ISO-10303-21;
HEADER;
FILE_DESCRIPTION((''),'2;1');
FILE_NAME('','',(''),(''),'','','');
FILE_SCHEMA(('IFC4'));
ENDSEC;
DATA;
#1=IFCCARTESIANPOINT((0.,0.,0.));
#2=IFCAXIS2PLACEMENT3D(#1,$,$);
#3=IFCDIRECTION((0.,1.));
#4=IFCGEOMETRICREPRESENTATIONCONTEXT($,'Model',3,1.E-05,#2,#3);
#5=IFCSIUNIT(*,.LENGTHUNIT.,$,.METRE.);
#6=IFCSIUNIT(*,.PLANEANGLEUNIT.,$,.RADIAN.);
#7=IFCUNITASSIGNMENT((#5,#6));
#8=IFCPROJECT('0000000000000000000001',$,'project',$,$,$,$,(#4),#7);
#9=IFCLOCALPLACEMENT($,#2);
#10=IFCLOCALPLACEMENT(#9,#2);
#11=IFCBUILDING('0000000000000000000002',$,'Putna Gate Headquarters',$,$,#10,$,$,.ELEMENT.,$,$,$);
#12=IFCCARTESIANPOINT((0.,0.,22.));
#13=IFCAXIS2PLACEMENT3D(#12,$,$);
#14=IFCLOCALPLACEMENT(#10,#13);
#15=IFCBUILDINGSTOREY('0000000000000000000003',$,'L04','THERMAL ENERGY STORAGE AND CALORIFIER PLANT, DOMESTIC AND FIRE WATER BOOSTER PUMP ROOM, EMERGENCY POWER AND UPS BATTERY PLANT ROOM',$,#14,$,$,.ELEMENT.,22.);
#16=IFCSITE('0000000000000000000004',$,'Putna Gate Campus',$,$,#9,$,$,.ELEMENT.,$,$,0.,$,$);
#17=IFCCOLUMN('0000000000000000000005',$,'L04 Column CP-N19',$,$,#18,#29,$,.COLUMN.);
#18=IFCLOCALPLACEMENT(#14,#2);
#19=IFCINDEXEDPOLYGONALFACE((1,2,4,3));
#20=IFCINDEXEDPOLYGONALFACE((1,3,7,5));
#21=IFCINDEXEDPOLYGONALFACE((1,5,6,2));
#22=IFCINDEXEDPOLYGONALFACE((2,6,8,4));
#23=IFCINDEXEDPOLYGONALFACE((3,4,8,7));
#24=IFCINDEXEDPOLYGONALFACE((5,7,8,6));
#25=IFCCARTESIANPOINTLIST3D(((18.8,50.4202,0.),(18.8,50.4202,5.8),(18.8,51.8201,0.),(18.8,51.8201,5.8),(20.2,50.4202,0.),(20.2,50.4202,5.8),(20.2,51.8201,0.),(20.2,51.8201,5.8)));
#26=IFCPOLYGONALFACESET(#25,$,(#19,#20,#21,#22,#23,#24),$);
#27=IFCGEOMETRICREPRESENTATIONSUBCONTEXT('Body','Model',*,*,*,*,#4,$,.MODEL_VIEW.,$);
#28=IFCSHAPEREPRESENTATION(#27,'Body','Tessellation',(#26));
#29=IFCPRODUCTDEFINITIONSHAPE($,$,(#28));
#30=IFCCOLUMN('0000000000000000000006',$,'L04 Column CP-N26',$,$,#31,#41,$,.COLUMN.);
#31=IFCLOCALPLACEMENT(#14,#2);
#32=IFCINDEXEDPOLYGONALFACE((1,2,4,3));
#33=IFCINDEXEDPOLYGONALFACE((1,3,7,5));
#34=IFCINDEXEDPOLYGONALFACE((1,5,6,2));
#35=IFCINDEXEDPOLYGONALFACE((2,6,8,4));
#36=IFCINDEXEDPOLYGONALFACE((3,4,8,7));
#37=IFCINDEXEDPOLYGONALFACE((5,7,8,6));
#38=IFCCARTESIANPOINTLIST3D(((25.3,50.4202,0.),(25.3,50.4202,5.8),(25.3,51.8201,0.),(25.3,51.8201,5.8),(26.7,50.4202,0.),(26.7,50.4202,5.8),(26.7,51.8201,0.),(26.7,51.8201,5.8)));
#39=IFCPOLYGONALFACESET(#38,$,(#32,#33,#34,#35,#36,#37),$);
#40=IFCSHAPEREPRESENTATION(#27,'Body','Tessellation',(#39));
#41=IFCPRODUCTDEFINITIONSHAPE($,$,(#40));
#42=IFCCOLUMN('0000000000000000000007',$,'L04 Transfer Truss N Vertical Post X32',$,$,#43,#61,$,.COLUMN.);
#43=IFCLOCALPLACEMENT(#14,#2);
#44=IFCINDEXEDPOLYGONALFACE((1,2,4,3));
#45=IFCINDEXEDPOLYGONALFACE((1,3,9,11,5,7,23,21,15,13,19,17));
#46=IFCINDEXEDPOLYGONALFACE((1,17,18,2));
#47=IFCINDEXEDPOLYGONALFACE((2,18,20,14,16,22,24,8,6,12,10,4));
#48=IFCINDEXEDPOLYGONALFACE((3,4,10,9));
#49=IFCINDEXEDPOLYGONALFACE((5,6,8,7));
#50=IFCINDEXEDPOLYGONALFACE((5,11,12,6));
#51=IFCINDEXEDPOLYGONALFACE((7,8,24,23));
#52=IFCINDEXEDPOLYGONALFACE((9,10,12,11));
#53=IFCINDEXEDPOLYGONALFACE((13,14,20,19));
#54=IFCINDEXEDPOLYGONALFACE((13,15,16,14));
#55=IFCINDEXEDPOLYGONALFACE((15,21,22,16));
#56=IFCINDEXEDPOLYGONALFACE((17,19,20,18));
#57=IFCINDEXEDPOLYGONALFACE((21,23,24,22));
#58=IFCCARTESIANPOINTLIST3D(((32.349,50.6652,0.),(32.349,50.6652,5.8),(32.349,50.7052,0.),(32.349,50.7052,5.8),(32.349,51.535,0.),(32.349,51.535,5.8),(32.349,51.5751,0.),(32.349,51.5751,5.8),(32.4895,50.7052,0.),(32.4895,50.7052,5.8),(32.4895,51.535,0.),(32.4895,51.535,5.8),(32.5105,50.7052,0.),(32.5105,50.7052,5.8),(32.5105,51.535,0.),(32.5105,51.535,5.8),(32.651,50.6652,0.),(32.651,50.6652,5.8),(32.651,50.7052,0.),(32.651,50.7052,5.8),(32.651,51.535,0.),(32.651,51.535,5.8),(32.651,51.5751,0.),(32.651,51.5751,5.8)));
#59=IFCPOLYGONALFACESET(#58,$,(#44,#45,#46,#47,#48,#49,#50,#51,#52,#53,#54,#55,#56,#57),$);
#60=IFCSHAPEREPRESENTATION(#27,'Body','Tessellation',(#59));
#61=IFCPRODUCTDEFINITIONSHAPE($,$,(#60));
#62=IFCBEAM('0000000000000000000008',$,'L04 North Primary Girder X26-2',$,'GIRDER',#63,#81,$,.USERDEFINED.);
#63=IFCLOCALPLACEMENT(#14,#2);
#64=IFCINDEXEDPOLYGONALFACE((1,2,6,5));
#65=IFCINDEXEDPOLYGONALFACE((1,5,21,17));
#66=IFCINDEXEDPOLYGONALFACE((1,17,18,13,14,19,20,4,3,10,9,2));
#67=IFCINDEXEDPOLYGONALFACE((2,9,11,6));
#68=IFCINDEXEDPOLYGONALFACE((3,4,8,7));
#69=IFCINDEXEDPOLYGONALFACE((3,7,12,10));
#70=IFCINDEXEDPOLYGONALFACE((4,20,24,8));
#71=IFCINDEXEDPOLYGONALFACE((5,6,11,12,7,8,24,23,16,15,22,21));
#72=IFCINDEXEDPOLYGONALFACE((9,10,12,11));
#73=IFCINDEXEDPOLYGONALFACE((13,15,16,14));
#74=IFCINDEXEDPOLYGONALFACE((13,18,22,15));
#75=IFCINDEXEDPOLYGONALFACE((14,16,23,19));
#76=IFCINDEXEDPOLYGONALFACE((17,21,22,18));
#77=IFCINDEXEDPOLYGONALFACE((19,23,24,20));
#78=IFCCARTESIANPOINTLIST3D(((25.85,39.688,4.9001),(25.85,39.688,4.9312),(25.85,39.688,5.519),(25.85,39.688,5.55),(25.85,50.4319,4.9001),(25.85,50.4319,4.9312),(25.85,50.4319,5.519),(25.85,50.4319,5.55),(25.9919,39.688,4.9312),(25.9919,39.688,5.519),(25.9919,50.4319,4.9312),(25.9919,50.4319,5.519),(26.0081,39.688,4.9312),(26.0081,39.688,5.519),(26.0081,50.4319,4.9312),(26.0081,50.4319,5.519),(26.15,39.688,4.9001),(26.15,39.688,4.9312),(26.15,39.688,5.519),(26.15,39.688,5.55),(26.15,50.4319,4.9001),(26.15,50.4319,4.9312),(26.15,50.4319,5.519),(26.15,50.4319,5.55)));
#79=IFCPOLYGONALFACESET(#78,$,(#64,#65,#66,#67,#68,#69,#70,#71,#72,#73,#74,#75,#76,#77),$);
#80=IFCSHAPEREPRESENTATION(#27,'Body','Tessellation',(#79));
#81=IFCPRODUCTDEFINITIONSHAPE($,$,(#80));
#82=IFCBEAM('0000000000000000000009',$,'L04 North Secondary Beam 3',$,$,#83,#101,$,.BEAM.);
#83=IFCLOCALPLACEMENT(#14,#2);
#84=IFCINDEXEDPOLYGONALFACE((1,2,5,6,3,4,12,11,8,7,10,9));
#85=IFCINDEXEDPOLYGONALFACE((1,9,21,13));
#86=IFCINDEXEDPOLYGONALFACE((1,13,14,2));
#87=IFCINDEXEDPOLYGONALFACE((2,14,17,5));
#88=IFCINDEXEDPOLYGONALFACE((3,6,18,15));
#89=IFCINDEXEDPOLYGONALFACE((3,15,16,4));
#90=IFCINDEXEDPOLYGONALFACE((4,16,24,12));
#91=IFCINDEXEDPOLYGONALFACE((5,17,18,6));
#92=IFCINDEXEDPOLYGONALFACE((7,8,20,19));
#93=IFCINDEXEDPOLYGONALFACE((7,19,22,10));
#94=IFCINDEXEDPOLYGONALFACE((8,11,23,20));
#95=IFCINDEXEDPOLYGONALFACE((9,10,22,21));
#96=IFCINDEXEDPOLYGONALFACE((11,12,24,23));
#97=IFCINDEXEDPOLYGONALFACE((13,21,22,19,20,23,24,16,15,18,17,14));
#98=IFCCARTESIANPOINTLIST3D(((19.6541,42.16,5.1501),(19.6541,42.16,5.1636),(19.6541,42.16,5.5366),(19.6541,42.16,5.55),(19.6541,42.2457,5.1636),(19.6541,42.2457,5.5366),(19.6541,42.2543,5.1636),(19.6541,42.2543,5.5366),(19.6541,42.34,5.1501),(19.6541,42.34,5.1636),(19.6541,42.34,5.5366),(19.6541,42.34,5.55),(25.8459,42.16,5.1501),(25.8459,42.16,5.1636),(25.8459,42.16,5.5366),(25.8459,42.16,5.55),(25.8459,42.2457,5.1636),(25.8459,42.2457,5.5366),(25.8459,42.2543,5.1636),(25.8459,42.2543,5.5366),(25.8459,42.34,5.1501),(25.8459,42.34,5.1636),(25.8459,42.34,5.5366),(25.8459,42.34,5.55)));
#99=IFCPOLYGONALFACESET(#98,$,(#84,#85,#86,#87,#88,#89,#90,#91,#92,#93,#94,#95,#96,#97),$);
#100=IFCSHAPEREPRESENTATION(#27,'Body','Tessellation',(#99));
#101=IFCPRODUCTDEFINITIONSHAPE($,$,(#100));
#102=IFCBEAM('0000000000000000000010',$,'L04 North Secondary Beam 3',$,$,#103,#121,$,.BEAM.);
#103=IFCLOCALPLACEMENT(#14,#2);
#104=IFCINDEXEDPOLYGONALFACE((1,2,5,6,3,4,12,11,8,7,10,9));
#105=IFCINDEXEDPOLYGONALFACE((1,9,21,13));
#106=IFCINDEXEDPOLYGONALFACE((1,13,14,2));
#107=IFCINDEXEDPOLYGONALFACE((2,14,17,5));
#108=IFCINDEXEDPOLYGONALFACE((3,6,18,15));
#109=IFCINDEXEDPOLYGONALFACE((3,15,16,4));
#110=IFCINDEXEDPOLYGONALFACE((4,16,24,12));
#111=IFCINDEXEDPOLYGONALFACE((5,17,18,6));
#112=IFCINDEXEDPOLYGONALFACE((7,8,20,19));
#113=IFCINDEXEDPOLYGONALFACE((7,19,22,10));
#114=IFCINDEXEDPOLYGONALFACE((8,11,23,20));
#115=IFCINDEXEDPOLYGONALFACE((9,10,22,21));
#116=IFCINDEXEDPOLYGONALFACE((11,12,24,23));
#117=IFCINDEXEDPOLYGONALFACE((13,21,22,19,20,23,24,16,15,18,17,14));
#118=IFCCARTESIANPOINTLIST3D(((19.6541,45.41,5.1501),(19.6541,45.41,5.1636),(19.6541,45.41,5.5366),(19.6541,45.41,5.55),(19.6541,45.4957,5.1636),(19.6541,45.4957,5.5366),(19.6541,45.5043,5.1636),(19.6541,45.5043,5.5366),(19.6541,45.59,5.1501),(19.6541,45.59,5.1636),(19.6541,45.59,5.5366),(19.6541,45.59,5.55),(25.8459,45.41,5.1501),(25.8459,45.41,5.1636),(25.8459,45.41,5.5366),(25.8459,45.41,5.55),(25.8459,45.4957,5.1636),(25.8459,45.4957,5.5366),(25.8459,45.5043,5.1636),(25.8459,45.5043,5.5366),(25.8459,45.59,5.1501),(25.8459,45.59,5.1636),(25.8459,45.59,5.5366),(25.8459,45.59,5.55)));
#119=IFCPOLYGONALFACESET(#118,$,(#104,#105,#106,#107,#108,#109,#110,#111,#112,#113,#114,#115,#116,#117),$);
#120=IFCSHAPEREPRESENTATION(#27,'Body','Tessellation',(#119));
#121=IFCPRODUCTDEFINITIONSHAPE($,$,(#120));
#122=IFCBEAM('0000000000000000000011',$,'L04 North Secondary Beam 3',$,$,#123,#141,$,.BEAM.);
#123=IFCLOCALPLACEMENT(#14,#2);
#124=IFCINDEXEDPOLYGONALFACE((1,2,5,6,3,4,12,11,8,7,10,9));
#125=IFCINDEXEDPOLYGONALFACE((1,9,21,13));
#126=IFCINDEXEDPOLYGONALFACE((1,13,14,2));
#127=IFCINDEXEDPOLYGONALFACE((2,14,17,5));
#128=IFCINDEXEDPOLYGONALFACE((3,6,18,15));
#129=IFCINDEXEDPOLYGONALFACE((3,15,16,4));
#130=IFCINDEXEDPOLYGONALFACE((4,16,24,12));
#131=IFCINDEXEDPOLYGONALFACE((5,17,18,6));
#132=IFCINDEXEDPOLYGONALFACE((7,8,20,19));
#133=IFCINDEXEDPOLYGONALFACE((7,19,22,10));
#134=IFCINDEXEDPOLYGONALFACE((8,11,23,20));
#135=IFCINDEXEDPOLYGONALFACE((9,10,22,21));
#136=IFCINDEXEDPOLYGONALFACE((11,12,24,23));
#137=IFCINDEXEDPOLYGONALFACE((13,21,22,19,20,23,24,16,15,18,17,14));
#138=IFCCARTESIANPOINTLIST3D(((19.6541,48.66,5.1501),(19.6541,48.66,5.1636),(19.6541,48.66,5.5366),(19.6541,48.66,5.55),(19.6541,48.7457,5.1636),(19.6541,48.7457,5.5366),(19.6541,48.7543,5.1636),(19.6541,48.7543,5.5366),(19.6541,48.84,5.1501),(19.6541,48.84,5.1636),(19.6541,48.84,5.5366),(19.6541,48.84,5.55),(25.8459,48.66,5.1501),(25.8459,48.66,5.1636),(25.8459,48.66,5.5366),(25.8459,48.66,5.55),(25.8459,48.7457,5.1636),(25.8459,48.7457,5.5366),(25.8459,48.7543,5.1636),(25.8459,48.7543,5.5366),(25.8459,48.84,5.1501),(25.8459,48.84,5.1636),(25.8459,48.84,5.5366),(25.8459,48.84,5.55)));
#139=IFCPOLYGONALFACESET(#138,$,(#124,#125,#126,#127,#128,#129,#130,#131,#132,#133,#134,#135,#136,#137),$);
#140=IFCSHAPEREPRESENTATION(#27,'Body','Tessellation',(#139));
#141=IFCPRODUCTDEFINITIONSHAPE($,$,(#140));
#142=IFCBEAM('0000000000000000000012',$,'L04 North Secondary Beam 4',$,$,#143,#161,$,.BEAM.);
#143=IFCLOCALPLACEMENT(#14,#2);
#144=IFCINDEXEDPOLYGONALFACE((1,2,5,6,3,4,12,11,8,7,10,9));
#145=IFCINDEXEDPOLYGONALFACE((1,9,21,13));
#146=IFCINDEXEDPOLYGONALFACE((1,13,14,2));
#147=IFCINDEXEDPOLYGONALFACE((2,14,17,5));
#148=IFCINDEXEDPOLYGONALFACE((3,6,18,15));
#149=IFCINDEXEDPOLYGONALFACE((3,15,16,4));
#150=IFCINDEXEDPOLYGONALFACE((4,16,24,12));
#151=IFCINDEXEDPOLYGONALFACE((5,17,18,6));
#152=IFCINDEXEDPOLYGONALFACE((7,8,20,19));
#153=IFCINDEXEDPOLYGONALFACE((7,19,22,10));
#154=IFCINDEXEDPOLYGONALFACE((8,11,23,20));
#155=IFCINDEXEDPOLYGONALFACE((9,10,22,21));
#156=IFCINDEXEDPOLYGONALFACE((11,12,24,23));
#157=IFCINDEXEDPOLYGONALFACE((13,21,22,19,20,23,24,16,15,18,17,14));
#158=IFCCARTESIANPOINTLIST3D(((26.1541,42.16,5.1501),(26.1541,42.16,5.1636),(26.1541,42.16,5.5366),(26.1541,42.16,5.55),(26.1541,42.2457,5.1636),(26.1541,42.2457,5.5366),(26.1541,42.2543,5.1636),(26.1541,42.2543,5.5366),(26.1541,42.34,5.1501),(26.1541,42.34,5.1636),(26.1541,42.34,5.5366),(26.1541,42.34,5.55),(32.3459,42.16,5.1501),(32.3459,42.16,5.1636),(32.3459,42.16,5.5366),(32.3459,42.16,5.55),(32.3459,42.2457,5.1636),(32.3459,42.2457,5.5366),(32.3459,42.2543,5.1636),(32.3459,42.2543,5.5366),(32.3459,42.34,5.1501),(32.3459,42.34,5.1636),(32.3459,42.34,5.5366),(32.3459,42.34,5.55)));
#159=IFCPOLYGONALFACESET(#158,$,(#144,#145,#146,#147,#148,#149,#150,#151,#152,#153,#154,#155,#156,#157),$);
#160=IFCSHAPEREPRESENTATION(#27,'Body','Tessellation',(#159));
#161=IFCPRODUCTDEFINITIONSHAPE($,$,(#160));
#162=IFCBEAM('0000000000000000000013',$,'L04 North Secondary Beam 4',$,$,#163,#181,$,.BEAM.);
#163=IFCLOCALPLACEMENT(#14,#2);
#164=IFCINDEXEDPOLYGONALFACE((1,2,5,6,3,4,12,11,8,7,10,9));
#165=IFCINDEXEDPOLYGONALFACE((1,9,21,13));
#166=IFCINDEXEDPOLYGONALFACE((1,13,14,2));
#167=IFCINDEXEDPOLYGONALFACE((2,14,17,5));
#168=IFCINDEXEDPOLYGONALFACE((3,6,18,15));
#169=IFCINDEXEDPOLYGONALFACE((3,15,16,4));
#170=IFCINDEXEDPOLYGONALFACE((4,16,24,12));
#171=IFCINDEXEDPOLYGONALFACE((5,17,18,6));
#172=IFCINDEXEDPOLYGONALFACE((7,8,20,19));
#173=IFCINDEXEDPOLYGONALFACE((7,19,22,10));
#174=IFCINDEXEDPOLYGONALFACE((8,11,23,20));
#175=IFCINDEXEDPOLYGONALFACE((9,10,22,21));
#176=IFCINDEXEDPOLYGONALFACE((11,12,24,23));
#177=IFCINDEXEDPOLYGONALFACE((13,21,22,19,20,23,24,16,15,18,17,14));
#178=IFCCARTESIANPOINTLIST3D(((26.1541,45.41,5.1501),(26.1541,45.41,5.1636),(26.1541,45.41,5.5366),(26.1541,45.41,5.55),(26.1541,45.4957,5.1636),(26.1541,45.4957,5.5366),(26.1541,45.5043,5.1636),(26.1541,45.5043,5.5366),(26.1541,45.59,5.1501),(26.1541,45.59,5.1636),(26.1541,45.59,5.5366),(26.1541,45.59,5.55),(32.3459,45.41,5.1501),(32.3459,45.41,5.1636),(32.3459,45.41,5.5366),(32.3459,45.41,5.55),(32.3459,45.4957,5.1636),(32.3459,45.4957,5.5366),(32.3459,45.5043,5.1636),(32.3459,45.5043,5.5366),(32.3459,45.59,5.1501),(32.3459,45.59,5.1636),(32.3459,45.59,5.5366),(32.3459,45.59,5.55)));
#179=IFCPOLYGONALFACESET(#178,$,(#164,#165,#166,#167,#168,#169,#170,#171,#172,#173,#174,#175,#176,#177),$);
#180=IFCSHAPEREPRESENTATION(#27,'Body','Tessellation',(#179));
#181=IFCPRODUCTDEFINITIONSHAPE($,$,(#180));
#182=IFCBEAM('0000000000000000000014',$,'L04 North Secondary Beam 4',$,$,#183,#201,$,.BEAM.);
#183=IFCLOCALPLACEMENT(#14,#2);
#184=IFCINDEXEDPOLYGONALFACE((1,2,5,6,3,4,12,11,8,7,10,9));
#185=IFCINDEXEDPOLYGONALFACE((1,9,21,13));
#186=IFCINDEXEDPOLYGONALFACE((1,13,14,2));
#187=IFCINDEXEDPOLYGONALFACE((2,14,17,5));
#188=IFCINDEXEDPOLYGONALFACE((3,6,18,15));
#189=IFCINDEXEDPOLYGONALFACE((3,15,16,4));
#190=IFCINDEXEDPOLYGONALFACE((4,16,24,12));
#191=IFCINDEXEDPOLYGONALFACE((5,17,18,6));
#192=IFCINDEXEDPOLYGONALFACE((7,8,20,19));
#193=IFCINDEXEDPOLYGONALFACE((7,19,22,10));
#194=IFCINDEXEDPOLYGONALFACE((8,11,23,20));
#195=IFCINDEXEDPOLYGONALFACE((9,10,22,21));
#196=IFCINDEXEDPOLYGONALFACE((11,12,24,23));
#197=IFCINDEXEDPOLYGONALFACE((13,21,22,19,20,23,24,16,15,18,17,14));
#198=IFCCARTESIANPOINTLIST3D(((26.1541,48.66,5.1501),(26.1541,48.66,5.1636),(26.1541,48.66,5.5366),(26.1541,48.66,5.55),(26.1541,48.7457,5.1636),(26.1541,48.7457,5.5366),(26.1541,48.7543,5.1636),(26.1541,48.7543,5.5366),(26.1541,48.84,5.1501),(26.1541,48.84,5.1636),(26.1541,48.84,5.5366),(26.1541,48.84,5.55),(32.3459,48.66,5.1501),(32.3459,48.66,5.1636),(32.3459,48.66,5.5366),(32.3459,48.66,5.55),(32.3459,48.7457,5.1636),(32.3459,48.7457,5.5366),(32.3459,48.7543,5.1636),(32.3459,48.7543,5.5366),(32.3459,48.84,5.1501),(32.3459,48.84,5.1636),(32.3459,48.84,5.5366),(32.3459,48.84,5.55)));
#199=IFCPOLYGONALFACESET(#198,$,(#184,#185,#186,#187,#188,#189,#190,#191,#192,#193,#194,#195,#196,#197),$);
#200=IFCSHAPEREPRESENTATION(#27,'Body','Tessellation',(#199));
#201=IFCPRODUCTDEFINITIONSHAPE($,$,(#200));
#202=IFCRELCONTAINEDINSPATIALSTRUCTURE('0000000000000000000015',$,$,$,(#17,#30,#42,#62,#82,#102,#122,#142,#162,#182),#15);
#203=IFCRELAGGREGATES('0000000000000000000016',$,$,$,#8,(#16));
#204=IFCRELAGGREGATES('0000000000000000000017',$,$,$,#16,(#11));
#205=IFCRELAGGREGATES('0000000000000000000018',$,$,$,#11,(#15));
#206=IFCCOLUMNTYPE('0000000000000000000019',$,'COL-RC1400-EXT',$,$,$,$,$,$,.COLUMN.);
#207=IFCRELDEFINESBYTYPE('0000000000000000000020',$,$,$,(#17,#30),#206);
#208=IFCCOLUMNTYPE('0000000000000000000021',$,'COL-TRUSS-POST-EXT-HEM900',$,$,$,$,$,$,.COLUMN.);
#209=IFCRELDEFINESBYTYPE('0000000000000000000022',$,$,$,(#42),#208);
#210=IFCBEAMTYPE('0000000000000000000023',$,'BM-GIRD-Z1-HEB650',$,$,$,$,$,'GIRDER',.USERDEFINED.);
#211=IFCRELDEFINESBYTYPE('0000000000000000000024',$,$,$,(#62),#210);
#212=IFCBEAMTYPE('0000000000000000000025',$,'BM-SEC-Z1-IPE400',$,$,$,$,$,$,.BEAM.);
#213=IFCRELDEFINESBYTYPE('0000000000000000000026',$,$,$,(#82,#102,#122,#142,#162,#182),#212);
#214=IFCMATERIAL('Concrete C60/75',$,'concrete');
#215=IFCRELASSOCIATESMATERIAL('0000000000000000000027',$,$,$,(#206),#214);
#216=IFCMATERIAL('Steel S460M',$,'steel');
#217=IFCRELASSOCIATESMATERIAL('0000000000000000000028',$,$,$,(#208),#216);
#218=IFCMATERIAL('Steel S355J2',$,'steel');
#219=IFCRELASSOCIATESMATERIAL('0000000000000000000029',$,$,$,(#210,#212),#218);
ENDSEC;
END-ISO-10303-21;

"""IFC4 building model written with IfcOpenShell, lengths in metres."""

from ifc_helpers import new_model, si_unit, direction, frame, origin, origin_2d, place, context, subcontext, project, spatial, rectangle, i_section, extrude, material, material_profile, profile_set, type_object, element, save


model = new_model("IFC4")

# Units and contexts
model_context = context("Model", 3, precision=1e-05, world=origin(), true_north=direction((0.0, 1.0)))
body_context = subcontext(model_context, "Body", "Model", "MODEL_VIEW")
ifc_project = project(units=[si_unit("LENGTHUNIT", "METRE"), si_unit("PLANEANGLEUNIT", "RADIAN")], contexts=[model_context])

# Site, building, storey
site_placement = place(None, origin())
site = spatial("IfcSite", under=ifc_project, at=site_placement, Name="Putna Gate Campus", CompositionType="ELEMENT", RefElevation=0.0)
building_placement = place(site_placement, origin())
building = spatial("IfcBuilding", under=site, at=building_placement, Name="Putna Gate Headquarters", CompositionType="ELEMENT")
storey_placement = place(building_placement, frame((0.0, 0.0, 22.0)))
storey = spatial("IfcBuildingStorey", under=building, at=storey_placement, Name="L04", Description="THERMAL ENERGY STORAGE AND CALORIFIER PLANT, DOMESTIC AND FIRE WATER BOOSTER PUMP ROOM, EMERGENCY POWER AND UPS BATTERY PLANT ROOM", CompositionType="ELEMENT", Elevation=22.0)

# Columns
ifc_material_1 = material(Name="Concrete C60/75", Category="concrete")
ifc_material_profile_1 = material_profile(ifc_material_1, rectangle(XDim=1.3999, YDim=1.3999, at=origin_2d()), Name="Concrete C60/75")
ifc_profile_set_1 = profile_set([ifc_material_profile_1], Name="Concrete C60/75")
column_type_1 = type_object("IfcColumnType", Name="COL-RC1400-EXT", PredefinedType="COLUMN", material=ifc_profile_set_1)
for number, where, z_axis, x_axis, name in (
    (1, (19.5, 51.1201, 0.0), (0.0, 0.0, 1.0), (1.0, 0.0, 0.0), "L04 Column CP-N19"),
    (2, (26.0, 51.1201, 0.0), (0.0, 0.0, 1.0), (1.0, 0.0, 0.0), "L04 Column CP-N26"),
):
    element("IfcColumn", number, at=place(storey_placement, frame(where, z_axis=z_axis, x_axis=x_axis)), inside=storey, type_object=column_type_1, Name=name, PredefinedType="COLUMN", context=body_context, shape_type="SweptSolid", body=[
        extrude(rectangle(XDim=1.3999, YDim=1.3999, at=origin_2d()), origin(), (0.0, 0.0, 1.0), 5.8),
    ])
ifc_material_2 = material(Name="Steel S460M", Category="steel")
ifc_material_profile_2 = material_profile(ifc_material_2, i_section(OverallWidth=0.302, OverallDepth=0.9099, WebThickness=0.021, FlangeThickness=0.04, at=origin_2d()), Name="Steel S460M")
ifc_profile_set_2 = profile_set([ifc_material_profile_2], Name="Steel S460M")
column_type_2 = type_object("IfcColumnType", Name="COL-TRUSS-POST-EXT-HEM900", PredefinedType="COLUMN", material=ifc_profile_set_2)
column_placement = place(storey_placement, frame((32.5, 51.1201, 0.0), z_axis=(0.0, 0.0, 1.0), x_axis=(1.0, 0.0, 0.0)))
element("IfcColumn", 3, at=column_placement, inside=storey, type_object=column_type_2, Name="L04 Transfer Truss N Vertical Post X32", PredefinedType="COLUMN", context=body_context, shape_type="SweptSolid", body=[
    extrude(i_section(OverallWidth=0.302, OverallDepth=0.9099, WebThickness=0.021, FlangeThickness=0.04, at=origin_2d()), origin(), (0.0, 0.0, 1.0), 5.8),
])

# Beams
ifc_material_3 = material(Name="Steel S355J2", Category="steel")
ifc_material_profile_3 = material_profile(ifc_material_3, i_section(OverallWidth=0.3, OverallDepth=0.6499, WebThickness=0.0161, FlangeThickness=0.031, at=origin_2d()), Name="Steel S355J2")
ifc_profile_set_3 = profile_set([ifc_material_profile_3], Name="Steel S355J2")
beam_type_1 = type_object("IfcBeamType", Name="BM-GIRD-Z1-HEB650", ElementType="GIRDER", PredefinedType="USERDEFINED", material=ifc_profile_set_3)
beam_1_placement = place(storey_placement, frame((26.0, 39.688, 5.2251), z_axis=(0.0, 1.0, 0.0), x_axis=(-1.0, 0.0, 0.0)))
element("IfcBeam", 4, at=beam_1_placement, inside=storey, type_object=beam_type_1, Name="L04 North Primary Girder X26-2", ObjectType="GIRDER", PredefinedType="USERDEFINED", context=body_context, shape_type="SweptSolid", body=[
    extrude(i_section(OverallWidth=0.3, OverallDepth=0.6499, WebThickness=0.0161, FlangeThickness=0.031, at=origin_2d()), origin(), (0.0, 0.0, 1.0), 10.7439),
])
ifc_material_profile_4 = material_profile(ifc_material_3, i_section(OverallWidth=0.1799, OverallDepth=0.3999, WebThickness=0.0085, FlangeThickness=0.0134, at=origin_2d()), Name="Steel S355J2")
ifc_profile_set_4 = profile_set([ifc_material_profile_4], Name="Steel S355J2")
beam_type_2 = type_object("IfcBeamType", Name="BM-SEC-Z1-IPE400", PredefinedType="BEAM", material=ifc_profile_set_4)
for number, where, z_axis, x_axis, name in (
    (5, (19.6541, 42.25, 5.3501), (1.0, 0.0, 0.0), (0.0, 1.0, 0.0), "L04 North Secondary Beam 3"),
    (6, (19.6541, 45.5, 5.3501), (1.0, 0.0, 0.0), (0.0, 1.0, 0.0), "L04 North Secondary Beam 3"),
    (7, (19.6541, 48.75, 5.3501), (1.0, 0.0, 0.0), (0.0, 1.0, 0.0), "L04 North Secondary Beam 3"),
    (8, (26.1541, 42.25, 5.3501), (1.0, 0.0, 0.0), (0.0, 1.0, 0.0), "L04 North Secondary Beam 4"),
    (9, (26.1541, 45.5, 5.3501), (1.0, 0.0, 0.0), (0.0, 1.0, 0.0), "L04 North Secondary Beam 4"),
    (10, (26.1541, 48.75, 5.3501), (1.0, 0.0, 0.0), (0.0, 1.0, 0.0), "L04 North Secondary Beam 4"),
):
    element("IfcBeam", number, at=place(storey_placement, frame(where, z_axis=z_axis, x_axis=x_axis)), inside=storey, type_object=beam_type_2, Name=name, PredefinedType="BEAM", context=body_context, shape_type="SweptSolid", body=[
        extrude(i_section(OverallWidth=0.1799, OverallDepth=0.3999, WebThickness=0.0085, FlangeThickness=0.0134, at=origin_2d()), origin(), (0.0, 0.0, 1.0), 6.1919),
    ])

save(model, "model.ifc")
